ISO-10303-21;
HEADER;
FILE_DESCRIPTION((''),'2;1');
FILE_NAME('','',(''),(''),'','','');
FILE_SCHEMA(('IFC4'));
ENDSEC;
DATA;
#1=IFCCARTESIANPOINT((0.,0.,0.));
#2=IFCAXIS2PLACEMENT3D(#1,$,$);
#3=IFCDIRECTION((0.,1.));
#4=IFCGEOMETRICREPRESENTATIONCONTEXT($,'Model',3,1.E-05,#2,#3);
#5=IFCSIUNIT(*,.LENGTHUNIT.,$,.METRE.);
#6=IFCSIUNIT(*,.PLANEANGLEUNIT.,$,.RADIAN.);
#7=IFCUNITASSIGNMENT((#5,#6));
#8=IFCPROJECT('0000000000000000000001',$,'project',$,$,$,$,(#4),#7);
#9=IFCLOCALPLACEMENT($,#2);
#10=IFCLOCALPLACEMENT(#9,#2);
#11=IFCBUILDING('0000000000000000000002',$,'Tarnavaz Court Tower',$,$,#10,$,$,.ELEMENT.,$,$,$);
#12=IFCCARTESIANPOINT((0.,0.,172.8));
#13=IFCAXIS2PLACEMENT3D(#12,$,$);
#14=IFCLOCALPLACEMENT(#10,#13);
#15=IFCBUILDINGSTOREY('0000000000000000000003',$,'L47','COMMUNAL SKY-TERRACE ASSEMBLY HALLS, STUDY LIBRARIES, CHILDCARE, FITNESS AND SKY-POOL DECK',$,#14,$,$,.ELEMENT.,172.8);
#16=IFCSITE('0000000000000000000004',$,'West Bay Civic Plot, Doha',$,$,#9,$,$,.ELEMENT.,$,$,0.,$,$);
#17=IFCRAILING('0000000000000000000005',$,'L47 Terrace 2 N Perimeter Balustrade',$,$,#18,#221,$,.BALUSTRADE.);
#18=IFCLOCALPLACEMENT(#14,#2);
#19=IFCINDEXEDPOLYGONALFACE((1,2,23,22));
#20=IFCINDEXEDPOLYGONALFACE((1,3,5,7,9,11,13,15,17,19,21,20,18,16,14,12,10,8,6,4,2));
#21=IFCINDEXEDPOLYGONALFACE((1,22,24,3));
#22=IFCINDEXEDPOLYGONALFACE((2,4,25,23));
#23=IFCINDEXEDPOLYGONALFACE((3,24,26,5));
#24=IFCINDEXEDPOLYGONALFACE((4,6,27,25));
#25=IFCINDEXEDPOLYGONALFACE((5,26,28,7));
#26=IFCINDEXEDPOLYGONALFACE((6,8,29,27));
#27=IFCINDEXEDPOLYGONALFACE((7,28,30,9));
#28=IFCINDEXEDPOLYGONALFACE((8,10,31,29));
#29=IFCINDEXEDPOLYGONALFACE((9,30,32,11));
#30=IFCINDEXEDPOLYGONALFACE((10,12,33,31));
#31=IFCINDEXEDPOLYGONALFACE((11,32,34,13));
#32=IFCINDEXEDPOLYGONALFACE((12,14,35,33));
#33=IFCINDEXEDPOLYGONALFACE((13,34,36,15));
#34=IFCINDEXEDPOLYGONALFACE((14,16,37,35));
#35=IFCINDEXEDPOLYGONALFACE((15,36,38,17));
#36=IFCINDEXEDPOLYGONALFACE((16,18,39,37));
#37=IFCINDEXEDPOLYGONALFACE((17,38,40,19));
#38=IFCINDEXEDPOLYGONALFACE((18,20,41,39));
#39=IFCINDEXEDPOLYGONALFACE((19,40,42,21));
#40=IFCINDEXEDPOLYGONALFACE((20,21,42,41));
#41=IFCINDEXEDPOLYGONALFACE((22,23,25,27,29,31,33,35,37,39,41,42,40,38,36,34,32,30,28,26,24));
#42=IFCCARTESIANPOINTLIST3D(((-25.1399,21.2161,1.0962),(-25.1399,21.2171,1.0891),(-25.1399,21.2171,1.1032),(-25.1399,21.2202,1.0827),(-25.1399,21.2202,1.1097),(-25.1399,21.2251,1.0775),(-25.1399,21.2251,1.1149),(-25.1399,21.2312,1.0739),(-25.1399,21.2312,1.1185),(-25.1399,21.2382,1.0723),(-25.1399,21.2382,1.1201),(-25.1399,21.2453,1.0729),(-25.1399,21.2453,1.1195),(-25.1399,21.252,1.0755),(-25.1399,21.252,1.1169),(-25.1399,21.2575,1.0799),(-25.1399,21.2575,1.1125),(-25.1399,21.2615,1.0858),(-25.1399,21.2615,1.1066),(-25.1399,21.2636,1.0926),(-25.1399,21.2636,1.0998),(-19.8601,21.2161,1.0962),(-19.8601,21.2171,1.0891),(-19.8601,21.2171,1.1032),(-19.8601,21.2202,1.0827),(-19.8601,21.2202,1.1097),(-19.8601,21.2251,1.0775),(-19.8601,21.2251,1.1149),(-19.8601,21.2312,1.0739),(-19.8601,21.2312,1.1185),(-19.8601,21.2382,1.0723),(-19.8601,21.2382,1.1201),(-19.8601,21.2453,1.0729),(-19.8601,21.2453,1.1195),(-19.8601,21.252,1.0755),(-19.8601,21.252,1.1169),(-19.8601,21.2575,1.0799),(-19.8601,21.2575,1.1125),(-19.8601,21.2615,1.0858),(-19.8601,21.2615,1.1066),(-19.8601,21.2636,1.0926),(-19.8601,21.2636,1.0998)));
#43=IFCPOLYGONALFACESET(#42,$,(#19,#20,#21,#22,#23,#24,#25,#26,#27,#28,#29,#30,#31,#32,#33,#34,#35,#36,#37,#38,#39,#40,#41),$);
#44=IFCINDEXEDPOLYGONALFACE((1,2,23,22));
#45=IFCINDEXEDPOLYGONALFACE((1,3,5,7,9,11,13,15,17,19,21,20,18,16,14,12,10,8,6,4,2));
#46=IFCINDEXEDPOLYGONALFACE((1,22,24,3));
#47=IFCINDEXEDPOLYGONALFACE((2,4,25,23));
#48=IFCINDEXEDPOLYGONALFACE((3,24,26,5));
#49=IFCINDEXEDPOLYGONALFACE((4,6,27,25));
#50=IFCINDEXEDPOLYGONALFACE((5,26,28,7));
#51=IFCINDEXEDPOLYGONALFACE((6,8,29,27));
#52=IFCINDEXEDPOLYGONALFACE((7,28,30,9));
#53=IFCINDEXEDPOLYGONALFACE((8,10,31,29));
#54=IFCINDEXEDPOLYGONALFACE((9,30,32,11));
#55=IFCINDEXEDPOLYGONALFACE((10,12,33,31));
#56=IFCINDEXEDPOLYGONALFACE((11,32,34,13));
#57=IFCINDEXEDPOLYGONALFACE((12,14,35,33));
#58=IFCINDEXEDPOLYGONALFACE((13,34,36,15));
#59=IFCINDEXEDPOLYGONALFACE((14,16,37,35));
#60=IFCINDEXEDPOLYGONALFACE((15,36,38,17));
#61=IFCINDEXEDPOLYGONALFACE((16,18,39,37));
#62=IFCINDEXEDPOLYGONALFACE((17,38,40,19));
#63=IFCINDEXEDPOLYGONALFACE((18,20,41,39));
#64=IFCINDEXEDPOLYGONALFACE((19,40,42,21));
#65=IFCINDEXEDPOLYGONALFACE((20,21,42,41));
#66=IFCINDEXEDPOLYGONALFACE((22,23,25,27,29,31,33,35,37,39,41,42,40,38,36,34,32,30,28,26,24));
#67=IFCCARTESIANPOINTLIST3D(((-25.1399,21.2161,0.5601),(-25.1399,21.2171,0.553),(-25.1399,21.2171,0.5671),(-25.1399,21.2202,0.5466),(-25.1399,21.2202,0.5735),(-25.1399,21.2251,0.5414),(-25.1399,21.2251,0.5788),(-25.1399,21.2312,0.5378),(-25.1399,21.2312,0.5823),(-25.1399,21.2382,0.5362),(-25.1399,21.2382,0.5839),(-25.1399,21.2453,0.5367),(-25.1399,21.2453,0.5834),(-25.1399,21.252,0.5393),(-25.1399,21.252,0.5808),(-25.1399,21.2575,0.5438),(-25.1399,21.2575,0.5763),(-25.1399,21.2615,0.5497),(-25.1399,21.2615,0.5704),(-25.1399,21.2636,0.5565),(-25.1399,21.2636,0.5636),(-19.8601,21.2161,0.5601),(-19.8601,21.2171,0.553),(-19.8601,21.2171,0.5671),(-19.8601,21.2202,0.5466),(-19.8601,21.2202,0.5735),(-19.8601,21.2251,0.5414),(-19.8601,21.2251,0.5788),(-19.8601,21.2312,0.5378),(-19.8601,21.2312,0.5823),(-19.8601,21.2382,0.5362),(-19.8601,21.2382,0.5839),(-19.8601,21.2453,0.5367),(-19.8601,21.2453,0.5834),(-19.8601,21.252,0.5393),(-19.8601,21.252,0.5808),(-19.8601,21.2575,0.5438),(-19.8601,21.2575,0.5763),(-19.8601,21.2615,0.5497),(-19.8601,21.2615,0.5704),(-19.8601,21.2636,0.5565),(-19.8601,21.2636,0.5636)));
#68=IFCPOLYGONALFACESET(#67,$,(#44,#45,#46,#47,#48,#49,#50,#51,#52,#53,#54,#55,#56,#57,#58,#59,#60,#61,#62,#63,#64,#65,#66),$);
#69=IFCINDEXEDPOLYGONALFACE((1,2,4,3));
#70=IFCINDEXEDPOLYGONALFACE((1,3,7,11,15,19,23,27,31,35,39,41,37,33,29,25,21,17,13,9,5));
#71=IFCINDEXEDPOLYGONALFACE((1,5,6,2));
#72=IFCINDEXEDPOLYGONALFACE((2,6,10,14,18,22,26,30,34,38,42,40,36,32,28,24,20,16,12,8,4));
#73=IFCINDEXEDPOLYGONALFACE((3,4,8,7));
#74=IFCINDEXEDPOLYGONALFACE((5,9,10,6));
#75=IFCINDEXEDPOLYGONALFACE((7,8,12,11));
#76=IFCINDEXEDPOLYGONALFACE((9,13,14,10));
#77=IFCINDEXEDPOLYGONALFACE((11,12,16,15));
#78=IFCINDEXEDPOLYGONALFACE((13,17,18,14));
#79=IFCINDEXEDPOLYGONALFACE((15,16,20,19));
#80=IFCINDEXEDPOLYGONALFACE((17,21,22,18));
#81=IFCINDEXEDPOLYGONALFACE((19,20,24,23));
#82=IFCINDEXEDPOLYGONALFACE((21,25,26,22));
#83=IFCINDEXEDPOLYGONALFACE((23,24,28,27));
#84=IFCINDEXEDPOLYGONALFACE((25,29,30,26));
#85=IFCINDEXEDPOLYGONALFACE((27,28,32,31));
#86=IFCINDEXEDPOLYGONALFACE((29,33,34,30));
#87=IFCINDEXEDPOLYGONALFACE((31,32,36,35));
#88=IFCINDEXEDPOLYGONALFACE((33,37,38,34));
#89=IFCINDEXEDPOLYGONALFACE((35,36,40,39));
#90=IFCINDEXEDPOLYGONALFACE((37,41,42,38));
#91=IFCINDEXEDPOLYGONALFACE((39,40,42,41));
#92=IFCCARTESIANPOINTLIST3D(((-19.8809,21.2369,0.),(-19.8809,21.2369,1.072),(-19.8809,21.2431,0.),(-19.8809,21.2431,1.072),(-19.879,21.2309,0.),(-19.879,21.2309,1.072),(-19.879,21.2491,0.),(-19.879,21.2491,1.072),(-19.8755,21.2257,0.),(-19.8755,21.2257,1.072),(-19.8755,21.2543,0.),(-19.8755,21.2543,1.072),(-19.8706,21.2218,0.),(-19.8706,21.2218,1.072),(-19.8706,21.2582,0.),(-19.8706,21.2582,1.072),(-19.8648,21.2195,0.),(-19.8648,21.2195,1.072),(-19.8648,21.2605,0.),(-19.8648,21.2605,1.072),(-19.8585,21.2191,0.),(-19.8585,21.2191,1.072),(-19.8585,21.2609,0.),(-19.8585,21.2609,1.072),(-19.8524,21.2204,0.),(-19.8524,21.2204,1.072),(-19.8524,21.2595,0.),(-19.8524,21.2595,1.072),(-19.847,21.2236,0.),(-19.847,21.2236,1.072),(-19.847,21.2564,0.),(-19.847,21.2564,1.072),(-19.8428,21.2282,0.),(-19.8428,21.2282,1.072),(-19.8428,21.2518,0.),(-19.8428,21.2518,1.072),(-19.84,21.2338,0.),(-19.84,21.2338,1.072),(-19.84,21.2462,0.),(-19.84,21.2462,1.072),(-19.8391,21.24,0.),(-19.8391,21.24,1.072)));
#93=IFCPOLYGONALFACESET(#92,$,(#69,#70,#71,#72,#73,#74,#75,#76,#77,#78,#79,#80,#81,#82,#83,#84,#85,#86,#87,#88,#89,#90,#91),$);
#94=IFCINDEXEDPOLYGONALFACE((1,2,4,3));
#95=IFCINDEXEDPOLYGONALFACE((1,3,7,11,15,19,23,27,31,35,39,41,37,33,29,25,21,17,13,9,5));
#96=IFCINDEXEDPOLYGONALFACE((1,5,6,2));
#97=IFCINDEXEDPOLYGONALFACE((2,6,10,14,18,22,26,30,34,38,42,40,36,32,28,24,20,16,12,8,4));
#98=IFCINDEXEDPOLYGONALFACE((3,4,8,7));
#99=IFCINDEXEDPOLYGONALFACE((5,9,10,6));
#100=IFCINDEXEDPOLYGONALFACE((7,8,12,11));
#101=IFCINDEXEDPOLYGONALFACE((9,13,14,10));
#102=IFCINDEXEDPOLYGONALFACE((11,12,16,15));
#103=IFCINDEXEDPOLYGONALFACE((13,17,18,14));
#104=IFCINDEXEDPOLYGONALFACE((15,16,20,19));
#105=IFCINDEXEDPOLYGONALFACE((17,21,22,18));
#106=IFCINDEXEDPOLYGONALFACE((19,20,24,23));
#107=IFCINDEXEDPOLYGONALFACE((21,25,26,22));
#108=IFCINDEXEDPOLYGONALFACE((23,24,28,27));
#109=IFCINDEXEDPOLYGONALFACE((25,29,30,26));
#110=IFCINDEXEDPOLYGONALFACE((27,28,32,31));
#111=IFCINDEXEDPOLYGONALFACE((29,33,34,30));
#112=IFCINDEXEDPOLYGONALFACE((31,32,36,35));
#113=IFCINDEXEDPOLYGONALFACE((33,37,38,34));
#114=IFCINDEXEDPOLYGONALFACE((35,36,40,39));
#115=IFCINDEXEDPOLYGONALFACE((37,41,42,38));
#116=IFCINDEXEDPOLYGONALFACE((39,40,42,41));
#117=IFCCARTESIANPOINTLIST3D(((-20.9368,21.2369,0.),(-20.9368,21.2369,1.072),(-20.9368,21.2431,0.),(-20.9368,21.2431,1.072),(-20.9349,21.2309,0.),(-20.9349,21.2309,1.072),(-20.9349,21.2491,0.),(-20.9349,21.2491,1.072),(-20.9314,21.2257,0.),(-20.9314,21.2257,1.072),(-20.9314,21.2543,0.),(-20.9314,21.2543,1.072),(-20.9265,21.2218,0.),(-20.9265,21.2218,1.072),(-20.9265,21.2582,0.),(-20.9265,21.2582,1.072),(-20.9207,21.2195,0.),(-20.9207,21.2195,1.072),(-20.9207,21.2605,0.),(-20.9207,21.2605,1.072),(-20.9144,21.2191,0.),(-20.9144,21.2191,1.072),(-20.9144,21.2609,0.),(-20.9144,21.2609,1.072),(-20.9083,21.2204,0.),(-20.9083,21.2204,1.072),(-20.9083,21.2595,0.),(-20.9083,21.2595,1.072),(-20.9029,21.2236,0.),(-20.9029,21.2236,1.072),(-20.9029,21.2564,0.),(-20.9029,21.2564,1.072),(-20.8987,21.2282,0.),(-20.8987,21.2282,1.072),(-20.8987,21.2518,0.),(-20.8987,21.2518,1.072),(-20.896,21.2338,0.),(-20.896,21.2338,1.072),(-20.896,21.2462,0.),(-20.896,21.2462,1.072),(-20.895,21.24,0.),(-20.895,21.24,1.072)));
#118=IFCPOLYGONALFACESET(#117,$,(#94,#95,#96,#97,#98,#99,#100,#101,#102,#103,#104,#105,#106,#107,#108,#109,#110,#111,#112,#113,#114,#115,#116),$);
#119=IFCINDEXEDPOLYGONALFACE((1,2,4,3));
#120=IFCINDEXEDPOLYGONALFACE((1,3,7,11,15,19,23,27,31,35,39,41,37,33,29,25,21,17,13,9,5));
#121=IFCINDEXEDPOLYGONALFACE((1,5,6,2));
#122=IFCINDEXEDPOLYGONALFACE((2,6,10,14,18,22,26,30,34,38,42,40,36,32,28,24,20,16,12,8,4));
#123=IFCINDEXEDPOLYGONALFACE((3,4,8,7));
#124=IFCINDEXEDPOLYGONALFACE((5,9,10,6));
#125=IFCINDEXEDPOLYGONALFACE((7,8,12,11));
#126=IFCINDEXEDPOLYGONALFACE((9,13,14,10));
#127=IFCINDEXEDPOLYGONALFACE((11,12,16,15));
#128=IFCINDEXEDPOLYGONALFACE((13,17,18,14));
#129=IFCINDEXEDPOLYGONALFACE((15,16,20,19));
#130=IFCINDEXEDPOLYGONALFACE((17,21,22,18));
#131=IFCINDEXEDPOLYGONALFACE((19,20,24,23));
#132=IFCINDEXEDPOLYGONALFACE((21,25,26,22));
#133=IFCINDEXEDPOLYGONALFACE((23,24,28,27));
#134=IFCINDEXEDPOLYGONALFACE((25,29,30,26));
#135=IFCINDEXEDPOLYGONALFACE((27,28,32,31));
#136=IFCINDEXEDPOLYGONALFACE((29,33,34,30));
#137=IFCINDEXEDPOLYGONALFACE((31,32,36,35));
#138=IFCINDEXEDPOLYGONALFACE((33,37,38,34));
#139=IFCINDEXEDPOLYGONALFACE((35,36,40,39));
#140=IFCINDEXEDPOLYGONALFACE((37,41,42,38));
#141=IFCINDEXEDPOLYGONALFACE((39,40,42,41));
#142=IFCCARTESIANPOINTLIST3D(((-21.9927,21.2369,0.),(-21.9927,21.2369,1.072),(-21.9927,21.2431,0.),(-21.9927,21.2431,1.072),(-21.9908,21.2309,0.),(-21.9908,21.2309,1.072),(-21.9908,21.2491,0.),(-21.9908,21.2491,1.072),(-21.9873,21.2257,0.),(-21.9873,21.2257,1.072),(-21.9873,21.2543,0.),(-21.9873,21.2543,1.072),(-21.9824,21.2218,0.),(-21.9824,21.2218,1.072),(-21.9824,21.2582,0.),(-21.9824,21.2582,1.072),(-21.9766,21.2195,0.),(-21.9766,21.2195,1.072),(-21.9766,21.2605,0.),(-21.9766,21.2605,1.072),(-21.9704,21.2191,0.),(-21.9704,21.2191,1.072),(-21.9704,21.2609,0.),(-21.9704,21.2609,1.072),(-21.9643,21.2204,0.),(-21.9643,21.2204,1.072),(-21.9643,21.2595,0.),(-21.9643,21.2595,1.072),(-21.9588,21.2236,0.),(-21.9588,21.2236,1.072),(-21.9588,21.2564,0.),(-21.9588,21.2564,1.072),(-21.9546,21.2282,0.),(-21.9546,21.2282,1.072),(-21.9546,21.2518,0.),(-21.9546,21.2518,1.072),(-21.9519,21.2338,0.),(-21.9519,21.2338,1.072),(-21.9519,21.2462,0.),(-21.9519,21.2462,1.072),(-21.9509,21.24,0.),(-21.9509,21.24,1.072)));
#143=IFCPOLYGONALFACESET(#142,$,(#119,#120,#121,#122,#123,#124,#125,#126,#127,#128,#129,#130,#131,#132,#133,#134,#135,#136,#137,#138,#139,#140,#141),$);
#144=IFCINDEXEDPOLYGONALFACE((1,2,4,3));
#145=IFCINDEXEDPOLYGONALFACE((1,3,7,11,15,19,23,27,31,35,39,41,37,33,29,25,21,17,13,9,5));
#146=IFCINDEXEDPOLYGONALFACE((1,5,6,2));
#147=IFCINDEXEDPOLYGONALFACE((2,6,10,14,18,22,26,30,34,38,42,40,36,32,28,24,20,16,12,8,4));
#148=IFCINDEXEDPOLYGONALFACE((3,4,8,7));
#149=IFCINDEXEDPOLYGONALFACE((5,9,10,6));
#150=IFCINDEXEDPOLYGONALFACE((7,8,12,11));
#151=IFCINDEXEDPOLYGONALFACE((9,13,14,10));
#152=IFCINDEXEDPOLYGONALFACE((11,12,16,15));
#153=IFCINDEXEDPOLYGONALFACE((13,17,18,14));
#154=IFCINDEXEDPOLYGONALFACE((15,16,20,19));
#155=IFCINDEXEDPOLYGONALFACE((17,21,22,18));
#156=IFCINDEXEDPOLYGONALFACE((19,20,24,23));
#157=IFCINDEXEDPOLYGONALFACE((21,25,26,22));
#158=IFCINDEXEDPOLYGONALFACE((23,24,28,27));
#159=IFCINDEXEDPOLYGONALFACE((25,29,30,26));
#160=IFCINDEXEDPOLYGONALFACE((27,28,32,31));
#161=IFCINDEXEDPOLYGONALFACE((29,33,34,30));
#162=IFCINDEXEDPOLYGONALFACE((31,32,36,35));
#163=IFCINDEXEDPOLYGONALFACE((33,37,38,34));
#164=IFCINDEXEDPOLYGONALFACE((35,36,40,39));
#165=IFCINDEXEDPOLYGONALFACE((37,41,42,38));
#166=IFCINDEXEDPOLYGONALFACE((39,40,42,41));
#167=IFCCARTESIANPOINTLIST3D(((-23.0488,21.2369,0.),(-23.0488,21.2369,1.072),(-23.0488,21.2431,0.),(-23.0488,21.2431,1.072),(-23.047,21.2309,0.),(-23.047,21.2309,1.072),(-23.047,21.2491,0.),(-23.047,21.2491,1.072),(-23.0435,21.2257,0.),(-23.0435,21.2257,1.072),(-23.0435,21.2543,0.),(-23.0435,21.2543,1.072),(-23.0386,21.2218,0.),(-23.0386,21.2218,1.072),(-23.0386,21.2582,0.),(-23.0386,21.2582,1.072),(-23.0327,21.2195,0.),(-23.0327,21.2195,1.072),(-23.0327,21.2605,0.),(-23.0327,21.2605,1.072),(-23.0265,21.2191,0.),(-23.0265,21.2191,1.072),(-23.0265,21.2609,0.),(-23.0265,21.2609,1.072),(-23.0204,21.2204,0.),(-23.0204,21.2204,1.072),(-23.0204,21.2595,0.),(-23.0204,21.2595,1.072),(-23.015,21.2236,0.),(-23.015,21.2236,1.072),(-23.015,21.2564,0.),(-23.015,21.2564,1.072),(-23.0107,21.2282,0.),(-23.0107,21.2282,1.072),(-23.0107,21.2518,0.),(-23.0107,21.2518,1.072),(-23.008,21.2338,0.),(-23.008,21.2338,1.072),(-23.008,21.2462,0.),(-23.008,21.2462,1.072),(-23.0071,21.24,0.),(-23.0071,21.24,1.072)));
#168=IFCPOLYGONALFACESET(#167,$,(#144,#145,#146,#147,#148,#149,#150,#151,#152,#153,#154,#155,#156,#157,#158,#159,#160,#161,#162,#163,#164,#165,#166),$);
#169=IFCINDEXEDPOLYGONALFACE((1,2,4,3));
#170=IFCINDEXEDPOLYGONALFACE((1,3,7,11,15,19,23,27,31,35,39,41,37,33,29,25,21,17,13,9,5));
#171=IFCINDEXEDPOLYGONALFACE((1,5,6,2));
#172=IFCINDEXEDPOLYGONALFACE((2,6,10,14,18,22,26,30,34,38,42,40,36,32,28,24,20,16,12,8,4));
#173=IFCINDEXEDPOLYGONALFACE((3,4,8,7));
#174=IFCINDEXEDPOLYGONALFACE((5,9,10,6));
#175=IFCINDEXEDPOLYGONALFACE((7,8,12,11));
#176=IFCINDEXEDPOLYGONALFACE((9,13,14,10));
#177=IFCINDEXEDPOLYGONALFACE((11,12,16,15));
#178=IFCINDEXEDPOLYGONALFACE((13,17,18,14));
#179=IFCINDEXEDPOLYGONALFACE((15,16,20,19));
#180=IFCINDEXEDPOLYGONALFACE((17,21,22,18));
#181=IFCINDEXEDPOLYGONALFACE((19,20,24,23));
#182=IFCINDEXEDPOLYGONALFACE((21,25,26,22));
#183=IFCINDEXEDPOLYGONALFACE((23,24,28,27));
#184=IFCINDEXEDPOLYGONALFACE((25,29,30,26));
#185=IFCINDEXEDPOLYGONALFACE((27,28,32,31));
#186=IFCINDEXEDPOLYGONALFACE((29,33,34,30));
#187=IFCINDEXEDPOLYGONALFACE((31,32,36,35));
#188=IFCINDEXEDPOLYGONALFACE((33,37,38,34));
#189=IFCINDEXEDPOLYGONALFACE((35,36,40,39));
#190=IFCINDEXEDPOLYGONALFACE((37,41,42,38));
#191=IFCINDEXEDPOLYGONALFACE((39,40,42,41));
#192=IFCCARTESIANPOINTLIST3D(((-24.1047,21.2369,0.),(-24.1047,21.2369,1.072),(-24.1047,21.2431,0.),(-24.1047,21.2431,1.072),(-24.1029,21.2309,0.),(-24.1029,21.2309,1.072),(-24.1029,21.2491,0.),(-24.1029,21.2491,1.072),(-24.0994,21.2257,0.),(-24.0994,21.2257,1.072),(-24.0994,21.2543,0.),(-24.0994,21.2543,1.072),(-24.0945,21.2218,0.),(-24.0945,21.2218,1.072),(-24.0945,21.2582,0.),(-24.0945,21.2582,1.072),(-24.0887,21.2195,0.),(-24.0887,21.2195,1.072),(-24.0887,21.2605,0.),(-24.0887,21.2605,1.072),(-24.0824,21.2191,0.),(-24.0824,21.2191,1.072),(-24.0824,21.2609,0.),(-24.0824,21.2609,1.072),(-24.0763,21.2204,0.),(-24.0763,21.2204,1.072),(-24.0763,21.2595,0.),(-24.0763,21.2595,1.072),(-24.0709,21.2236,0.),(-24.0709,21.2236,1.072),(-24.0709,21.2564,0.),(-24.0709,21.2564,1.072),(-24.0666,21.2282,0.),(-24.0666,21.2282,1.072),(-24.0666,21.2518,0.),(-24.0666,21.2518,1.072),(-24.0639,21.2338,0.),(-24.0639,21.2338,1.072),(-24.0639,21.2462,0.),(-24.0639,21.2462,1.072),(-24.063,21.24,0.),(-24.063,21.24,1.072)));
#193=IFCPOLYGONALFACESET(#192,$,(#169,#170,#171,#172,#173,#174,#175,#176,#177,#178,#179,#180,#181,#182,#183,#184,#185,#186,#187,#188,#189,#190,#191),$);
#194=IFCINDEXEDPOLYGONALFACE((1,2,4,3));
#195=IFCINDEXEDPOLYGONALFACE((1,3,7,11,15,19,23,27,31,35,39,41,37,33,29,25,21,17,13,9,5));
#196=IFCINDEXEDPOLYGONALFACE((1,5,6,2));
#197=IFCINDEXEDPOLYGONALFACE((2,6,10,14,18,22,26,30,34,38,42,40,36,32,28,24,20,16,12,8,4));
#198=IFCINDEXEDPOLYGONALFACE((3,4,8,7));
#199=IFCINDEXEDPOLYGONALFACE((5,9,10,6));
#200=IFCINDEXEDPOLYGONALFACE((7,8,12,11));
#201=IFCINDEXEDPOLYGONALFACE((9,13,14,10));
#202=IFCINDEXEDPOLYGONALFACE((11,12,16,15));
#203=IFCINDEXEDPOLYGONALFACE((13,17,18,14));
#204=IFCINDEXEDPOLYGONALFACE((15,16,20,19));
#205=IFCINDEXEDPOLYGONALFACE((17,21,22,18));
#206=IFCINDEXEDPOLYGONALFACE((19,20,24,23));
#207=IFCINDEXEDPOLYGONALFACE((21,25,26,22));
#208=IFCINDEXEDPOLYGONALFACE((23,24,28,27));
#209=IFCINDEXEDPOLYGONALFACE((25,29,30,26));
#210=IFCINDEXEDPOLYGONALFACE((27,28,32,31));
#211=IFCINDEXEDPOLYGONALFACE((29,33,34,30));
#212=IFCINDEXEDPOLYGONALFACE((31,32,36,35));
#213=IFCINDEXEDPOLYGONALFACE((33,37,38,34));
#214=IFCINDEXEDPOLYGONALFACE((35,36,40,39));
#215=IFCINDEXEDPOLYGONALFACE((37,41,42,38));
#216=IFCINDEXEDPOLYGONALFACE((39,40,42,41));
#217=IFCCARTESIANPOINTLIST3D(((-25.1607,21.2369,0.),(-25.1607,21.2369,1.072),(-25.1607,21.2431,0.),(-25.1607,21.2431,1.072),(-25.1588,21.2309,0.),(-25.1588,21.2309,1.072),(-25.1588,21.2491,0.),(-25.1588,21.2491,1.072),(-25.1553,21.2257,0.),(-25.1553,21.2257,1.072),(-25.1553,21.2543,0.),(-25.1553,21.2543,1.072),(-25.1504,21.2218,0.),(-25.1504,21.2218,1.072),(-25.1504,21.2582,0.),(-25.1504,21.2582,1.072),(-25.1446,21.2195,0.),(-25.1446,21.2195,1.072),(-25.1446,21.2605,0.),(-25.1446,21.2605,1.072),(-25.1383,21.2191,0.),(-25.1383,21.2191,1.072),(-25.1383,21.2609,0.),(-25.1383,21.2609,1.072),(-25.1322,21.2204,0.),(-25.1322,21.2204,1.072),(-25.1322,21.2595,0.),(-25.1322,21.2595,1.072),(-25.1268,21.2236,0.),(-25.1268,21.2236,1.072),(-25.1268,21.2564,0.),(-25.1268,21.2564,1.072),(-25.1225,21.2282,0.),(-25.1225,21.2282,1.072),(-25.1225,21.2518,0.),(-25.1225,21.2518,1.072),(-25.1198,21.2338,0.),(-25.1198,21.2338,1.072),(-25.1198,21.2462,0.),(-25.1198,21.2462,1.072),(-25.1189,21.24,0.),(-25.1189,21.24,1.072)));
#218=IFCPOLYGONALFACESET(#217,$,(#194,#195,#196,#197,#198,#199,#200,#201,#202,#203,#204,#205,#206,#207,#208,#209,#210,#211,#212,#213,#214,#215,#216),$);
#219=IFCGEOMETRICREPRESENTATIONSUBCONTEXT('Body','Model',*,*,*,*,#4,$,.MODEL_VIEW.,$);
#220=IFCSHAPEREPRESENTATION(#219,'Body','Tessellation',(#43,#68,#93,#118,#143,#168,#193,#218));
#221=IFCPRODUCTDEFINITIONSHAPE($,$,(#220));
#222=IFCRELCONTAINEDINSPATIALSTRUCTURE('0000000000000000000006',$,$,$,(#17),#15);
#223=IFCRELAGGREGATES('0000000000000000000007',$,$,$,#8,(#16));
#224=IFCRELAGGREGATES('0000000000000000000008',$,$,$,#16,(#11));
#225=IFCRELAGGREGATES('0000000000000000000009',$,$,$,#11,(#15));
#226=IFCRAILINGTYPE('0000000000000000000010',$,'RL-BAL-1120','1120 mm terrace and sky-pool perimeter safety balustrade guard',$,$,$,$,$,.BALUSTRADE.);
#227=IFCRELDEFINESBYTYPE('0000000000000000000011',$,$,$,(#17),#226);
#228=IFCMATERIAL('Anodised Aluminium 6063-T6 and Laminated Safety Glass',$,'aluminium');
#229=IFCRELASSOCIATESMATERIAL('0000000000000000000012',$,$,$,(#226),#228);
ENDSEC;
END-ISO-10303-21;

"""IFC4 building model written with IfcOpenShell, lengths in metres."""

from ifc_helpers import new_model, si_unit, direction, frame, origin, origin_2d, place, context, subcontext, project, spatial, circle, extrude, material, type_object, element, save


model = new_model("IFC4")

# Units and contexts
model_context = context("Model", 3, precision=1e-05, world=origin(), true_north=direction((0.0, 1.0)))
body_context = subcontext(model_context, "Body", "Model", "MODEL_VIEW")
ifc_project = project(units=[si_unit("LENGTHUNIT", "METRE"), si_unit("PLANEANGLEUNIT", "RADIAN")], contexts=[model_context])

# Site, building, storey
site_placement = place(None, origin())
site = spatial("IfcSite", under=ifc_project, at=site_placement, Name="West Bay Civic Plot, Doha", CompositionType="ELEMENT", RefElevation=0.0)
building_placement = place(site_placement, origin())
building = spatial("IfcBuilding", under=site, at=building_placement, Name="Tarnavaz Court Tower", CompositionType="ELEMENT")
storey_placement = place(building_placement, frame((0.0, 0.0, 172.8)))
storey = spatial("IfcBuildingStorey", under=building, at=storey_placement, Name="L47", Description="COMMUNAL SKY-TERRACE ASSEMBLY HALLS, STUDY LIBRARIES, CHILDCARE, FITNESS AND SKY-POOL DECK", CompositionType="ELEMENT", Elevation=172.8)

# Railing
ifc_material_1 = material(Name="Anodised Aluminium 6063-T6 and Laminated Safety Glass", Category="aluminium")
railing_type = type_object("IfcRailingType", Name="RL-BAL-1120", Description="1120 mm terrace and sky-pool perimeter safety balustrade guard", PredefinedType="BALUSTRADE", material=ifc_material_1)
railing_1_placement = place(storey_placement, frame((-19.8601, 21.24, 0.0)))
element("IfcRailing", 1, at=railing_1_placement, inside=storey, type_object=railing_type, Name="L47 Terrace 2 N Perimeter Balustrade", PredefinedType="BALUSTRADE", context=body_context, shape_type="SweptSolid", body=[
    extrude(circle(Radius=0.0239, at=origin_2d()), frame((0.0, 0.0, 1.0962), z_axis=(-1.0, 0.0, 0.0), x_axis=(0.0, -1.0, 0.0)), (0.0, 0.0, 1.0), 5.2798),
    extrude(circle(Radius=0.0239, at=origin_2d()), frame((0.0, 0.0, 0.5601), z_axis=(-1.0, 0.0, 0.0), x_axis=(0.0, -1.0, 0.0)), (0.0, 0.0, 1.0), 5.2798),
    extrude(circle(Radius=0.021, at=origin_2d()), origin(), (0.0, 0.0, 1.0), 1.072),
    extrude(circle(Radius=0.021, at=origin_2d()), frame((-1.0559, 0.0, 0.0)), (0.0, 0.0, 1.0), 1.072),
    extrude(circle(Radius=0.021, at=origin_2d()), frame((-2.1118, 0.0, 0.0)), (0.0, 0.0, 1.0), 1.072),
    extrude(circle(Radius=0.021, at=origin_2d()), frame((-3.168, 0.0, 0.0)), (0.0, 0.0, 1.0), 1.072),
    extrude(circle(Radius=0.021, at=origin_2d()), frame((-4.2239, 0.0, 0.0)), (0.0, 0.0, 1.0), 1.072),
    extrude(circle(Radius=0.021, at=origin_2d()), frame((-5.2798, 0.0, 0.0)), (0.0, 0.0, 1.0), 1.072),
])

save(model, "model.ifc")
